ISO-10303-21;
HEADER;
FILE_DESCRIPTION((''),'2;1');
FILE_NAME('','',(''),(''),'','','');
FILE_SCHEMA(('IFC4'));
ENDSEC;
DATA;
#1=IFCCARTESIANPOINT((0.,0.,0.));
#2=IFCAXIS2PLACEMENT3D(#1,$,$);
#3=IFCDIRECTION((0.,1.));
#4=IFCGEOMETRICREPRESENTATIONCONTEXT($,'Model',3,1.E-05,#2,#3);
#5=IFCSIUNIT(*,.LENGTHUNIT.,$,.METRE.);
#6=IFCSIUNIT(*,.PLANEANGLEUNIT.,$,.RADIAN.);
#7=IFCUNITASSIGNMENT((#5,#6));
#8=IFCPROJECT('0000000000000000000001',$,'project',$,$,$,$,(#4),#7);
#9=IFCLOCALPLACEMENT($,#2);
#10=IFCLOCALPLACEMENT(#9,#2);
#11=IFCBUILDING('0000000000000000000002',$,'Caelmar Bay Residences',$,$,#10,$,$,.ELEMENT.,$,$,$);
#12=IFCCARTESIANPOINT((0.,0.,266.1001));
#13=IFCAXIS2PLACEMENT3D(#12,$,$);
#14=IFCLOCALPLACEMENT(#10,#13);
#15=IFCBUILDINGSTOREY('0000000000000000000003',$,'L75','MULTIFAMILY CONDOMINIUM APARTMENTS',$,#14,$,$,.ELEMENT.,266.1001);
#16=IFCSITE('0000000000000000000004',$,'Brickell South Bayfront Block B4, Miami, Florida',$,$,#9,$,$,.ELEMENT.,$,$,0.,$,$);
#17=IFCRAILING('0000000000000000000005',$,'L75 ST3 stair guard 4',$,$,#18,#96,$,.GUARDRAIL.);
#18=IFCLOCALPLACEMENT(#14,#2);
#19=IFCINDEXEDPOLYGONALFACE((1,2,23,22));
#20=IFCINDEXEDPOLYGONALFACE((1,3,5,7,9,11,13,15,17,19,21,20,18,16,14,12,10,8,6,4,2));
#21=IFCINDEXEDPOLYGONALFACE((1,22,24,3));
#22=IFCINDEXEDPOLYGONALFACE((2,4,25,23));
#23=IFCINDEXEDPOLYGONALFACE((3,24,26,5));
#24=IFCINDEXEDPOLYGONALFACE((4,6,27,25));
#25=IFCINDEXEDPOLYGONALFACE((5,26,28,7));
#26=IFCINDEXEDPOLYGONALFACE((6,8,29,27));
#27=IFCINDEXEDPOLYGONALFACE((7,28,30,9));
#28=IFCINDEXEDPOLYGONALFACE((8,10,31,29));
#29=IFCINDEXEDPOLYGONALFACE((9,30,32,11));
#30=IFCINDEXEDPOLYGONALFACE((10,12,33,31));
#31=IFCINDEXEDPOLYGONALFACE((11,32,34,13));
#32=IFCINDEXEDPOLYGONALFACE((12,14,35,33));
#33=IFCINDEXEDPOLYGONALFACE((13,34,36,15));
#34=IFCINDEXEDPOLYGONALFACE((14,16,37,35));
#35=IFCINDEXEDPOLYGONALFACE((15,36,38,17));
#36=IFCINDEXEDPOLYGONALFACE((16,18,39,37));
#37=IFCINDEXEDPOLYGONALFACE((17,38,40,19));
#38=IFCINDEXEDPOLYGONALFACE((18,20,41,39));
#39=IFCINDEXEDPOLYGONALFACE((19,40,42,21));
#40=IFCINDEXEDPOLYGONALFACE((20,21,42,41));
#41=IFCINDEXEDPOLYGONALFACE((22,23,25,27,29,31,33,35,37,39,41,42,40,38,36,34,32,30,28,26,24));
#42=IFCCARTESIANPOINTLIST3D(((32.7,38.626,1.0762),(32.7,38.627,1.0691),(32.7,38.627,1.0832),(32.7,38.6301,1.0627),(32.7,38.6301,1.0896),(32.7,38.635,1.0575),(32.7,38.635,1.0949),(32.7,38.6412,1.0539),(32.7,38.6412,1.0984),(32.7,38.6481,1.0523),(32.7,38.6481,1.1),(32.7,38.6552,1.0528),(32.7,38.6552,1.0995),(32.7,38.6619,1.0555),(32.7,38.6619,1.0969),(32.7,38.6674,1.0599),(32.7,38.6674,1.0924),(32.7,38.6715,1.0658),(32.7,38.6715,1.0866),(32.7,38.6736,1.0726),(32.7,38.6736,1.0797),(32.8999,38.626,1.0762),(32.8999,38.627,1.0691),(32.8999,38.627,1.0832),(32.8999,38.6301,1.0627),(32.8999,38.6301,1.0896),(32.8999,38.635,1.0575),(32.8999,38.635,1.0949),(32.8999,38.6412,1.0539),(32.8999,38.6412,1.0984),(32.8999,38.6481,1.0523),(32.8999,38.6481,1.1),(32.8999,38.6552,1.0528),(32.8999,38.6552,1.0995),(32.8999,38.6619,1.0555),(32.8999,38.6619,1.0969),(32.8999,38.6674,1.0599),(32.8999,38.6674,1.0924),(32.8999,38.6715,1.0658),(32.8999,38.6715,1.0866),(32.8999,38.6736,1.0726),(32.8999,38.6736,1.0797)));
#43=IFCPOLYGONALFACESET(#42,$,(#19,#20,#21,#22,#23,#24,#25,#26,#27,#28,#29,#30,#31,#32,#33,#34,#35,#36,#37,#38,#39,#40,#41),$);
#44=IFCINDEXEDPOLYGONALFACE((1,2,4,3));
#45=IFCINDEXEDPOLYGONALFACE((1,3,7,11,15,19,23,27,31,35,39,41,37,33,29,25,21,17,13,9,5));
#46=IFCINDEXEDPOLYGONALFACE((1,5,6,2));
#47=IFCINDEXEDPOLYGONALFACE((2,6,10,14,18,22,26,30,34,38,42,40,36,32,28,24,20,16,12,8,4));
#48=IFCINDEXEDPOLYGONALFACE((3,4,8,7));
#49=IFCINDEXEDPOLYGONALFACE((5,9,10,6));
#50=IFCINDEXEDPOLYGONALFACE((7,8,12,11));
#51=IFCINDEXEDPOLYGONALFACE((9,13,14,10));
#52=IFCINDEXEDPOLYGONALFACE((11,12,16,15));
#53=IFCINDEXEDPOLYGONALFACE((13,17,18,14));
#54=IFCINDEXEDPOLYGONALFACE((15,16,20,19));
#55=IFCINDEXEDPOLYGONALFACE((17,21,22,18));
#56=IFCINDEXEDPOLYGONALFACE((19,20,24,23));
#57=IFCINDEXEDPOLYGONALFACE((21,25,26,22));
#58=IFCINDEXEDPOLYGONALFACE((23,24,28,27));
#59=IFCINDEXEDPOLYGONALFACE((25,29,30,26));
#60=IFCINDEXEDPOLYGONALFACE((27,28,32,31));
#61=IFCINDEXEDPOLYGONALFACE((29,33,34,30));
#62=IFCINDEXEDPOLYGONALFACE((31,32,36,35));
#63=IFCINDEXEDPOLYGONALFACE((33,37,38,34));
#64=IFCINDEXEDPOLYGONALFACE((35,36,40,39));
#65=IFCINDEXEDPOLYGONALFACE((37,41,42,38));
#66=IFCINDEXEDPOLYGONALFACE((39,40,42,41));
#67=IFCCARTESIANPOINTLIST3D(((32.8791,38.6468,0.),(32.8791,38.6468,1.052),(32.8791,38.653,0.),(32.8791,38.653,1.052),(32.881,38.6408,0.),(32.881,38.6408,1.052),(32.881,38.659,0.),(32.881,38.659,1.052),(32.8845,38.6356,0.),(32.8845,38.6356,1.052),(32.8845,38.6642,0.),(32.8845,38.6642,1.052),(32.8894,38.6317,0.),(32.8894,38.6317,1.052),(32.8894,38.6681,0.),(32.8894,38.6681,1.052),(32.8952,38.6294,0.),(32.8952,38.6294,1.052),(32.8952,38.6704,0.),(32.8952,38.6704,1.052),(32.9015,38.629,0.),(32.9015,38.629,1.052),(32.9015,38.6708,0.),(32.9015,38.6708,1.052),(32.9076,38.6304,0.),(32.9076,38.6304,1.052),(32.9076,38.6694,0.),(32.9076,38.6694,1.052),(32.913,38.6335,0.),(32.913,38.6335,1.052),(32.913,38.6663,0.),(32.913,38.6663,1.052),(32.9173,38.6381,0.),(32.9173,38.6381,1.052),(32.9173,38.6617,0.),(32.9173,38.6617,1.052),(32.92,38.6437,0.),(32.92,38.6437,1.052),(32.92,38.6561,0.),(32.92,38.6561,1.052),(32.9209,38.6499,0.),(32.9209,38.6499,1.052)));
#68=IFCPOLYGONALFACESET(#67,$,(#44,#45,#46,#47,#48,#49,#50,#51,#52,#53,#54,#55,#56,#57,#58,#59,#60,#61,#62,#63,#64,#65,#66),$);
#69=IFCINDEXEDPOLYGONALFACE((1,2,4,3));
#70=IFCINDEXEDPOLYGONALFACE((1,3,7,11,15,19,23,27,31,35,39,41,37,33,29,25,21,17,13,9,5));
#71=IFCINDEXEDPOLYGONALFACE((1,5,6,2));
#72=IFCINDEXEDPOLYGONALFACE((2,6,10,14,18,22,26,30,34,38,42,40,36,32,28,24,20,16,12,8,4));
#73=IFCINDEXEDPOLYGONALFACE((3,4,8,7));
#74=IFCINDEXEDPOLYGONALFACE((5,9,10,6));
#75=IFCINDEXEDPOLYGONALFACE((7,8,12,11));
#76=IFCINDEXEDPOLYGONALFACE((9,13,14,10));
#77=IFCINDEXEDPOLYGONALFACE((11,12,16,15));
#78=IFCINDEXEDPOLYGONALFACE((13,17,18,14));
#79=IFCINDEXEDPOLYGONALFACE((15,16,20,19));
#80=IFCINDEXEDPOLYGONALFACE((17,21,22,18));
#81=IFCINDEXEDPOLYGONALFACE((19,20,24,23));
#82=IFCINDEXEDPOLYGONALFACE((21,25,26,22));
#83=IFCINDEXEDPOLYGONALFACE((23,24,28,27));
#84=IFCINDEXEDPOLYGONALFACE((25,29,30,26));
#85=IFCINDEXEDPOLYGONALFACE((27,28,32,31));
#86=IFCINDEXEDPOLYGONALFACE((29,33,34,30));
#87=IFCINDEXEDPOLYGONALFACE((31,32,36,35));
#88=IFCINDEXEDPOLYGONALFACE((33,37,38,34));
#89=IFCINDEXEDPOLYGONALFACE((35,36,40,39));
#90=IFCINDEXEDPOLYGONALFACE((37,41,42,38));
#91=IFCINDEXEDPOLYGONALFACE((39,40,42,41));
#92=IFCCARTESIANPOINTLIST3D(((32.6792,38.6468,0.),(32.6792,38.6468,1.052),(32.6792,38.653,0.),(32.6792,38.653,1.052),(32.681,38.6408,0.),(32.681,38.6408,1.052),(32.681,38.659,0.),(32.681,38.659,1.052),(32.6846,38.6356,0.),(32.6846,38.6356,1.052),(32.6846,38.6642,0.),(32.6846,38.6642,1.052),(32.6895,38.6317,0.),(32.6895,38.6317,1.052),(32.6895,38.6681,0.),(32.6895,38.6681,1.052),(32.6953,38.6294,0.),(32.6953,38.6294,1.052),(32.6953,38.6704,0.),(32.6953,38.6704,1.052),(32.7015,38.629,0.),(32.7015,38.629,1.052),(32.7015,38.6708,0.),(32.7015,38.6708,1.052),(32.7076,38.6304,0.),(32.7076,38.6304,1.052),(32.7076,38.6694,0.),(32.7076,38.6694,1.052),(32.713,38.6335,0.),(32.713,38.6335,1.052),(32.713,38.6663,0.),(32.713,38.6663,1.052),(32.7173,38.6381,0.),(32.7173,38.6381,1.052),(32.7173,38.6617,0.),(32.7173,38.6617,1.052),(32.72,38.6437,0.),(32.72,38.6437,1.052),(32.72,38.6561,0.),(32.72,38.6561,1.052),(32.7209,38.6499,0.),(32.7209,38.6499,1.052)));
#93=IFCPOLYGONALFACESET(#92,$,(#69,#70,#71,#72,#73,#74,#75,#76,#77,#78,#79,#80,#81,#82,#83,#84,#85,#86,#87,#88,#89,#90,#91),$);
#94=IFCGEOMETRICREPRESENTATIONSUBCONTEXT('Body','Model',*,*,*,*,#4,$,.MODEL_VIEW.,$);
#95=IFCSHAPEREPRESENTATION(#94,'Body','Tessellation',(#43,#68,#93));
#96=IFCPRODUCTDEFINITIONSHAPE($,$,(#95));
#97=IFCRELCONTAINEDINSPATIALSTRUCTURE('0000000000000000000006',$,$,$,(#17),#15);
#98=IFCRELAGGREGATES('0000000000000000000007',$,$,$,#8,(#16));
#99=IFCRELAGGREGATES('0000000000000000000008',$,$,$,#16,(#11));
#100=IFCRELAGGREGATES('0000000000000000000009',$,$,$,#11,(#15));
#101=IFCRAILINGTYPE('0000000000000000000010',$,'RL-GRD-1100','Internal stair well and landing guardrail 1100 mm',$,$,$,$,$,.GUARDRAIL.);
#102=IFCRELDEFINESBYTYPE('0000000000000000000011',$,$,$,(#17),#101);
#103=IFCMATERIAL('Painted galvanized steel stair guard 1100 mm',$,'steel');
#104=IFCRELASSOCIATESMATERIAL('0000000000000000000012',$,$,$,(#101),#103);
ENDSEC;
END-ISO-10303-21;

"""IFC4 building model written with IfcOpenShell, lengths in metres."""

from ifc_helpers import new_model, si_unit, direction, frame, origin, origin_2d, place, context, subcontext, project, spatial, circle, extrude, material, type_object, element, save


model = new_model("IFC4")

# Units and contexts
model_context = context("Model", 3, precision=1e-05, world=origin(), true_north=direction((0.0, 1.0)))
body_context = subcontext(model_context, "Body", "Model", "MODEL_VIEW")
ifc_project = project(units=[si_unit("LENGTHUNIT", "METRE"), si_unit("PLANEANGLEUNIT", "RADIAN")], contexts=[model_context])

# Site, building, storey
site_placement = place(None, origin())
site = spatial("IfcSite", under=ifc_project, at=site_placement, Name="Brickell South Bayfront Block B4, Miami, Florida", CompositionType="ELEMENT", RefElevation=0.0)
building_placement = place(site_placement, origin())
building = spatial("IfcBuilding", under=site, at=building_placement, Name="Caelmar Bay Residences", CompositionType="ELEMENT")
storey_placement = place(building_placement, frame((0.0, 0.0, 266.1001)))
storey = spatial("IfcBuildingStorey", under=building, at=storey_placement, Name="L75", Description="MULTIFAMILY CONDOMINIUM APARTMENTS", CompositionType="ELEMENT", Elevation=266.1001)

# Railing
ifc_material_1 = material(Name="Painted galvanized steel stair guard 1100 mm", Category="steel")
railing_type_1 = type_object("IfcRailingType", Name="RL-GRD-1100", Description="Internal stair well and landing guardrail 1100 mm", PredefinedType="GUARDRAIL", material=ifc_material_1)
railing_1_placement = place(storey_placement, frame((32.8999, 38.6499, 0.0)))
element("IfcRailing", 1, at=railing_1_placement, inside=storey, type_object=railing_type_1, Name="L75 ST3 stair guard 4", PredefinedType="GUARDRAIL", context=body_context, shape_type="SweptSolid", body=[
    extrude(circle(Radius=0.0239, at=origin_2d()), frame((0.0, 0.0, 1.0762), z_axis=(-1.0, 0.0, 0.0), x_axis=(0.0, -1.0, 0.0)), (0.0, 0.0, 1.0), 0.2),
    extrude(circle(Radius=0.021, at=origin_2d()), origin(), (0.0, 0.0, 1.0), 1.052),
    extrude(circle(Radius=0.021, at=origin_2d()), frame((-0.2, 0.0, 0.0)), (0.0, 0.0, 1.0), 1.052),
])

save(model, "model.ifc")
